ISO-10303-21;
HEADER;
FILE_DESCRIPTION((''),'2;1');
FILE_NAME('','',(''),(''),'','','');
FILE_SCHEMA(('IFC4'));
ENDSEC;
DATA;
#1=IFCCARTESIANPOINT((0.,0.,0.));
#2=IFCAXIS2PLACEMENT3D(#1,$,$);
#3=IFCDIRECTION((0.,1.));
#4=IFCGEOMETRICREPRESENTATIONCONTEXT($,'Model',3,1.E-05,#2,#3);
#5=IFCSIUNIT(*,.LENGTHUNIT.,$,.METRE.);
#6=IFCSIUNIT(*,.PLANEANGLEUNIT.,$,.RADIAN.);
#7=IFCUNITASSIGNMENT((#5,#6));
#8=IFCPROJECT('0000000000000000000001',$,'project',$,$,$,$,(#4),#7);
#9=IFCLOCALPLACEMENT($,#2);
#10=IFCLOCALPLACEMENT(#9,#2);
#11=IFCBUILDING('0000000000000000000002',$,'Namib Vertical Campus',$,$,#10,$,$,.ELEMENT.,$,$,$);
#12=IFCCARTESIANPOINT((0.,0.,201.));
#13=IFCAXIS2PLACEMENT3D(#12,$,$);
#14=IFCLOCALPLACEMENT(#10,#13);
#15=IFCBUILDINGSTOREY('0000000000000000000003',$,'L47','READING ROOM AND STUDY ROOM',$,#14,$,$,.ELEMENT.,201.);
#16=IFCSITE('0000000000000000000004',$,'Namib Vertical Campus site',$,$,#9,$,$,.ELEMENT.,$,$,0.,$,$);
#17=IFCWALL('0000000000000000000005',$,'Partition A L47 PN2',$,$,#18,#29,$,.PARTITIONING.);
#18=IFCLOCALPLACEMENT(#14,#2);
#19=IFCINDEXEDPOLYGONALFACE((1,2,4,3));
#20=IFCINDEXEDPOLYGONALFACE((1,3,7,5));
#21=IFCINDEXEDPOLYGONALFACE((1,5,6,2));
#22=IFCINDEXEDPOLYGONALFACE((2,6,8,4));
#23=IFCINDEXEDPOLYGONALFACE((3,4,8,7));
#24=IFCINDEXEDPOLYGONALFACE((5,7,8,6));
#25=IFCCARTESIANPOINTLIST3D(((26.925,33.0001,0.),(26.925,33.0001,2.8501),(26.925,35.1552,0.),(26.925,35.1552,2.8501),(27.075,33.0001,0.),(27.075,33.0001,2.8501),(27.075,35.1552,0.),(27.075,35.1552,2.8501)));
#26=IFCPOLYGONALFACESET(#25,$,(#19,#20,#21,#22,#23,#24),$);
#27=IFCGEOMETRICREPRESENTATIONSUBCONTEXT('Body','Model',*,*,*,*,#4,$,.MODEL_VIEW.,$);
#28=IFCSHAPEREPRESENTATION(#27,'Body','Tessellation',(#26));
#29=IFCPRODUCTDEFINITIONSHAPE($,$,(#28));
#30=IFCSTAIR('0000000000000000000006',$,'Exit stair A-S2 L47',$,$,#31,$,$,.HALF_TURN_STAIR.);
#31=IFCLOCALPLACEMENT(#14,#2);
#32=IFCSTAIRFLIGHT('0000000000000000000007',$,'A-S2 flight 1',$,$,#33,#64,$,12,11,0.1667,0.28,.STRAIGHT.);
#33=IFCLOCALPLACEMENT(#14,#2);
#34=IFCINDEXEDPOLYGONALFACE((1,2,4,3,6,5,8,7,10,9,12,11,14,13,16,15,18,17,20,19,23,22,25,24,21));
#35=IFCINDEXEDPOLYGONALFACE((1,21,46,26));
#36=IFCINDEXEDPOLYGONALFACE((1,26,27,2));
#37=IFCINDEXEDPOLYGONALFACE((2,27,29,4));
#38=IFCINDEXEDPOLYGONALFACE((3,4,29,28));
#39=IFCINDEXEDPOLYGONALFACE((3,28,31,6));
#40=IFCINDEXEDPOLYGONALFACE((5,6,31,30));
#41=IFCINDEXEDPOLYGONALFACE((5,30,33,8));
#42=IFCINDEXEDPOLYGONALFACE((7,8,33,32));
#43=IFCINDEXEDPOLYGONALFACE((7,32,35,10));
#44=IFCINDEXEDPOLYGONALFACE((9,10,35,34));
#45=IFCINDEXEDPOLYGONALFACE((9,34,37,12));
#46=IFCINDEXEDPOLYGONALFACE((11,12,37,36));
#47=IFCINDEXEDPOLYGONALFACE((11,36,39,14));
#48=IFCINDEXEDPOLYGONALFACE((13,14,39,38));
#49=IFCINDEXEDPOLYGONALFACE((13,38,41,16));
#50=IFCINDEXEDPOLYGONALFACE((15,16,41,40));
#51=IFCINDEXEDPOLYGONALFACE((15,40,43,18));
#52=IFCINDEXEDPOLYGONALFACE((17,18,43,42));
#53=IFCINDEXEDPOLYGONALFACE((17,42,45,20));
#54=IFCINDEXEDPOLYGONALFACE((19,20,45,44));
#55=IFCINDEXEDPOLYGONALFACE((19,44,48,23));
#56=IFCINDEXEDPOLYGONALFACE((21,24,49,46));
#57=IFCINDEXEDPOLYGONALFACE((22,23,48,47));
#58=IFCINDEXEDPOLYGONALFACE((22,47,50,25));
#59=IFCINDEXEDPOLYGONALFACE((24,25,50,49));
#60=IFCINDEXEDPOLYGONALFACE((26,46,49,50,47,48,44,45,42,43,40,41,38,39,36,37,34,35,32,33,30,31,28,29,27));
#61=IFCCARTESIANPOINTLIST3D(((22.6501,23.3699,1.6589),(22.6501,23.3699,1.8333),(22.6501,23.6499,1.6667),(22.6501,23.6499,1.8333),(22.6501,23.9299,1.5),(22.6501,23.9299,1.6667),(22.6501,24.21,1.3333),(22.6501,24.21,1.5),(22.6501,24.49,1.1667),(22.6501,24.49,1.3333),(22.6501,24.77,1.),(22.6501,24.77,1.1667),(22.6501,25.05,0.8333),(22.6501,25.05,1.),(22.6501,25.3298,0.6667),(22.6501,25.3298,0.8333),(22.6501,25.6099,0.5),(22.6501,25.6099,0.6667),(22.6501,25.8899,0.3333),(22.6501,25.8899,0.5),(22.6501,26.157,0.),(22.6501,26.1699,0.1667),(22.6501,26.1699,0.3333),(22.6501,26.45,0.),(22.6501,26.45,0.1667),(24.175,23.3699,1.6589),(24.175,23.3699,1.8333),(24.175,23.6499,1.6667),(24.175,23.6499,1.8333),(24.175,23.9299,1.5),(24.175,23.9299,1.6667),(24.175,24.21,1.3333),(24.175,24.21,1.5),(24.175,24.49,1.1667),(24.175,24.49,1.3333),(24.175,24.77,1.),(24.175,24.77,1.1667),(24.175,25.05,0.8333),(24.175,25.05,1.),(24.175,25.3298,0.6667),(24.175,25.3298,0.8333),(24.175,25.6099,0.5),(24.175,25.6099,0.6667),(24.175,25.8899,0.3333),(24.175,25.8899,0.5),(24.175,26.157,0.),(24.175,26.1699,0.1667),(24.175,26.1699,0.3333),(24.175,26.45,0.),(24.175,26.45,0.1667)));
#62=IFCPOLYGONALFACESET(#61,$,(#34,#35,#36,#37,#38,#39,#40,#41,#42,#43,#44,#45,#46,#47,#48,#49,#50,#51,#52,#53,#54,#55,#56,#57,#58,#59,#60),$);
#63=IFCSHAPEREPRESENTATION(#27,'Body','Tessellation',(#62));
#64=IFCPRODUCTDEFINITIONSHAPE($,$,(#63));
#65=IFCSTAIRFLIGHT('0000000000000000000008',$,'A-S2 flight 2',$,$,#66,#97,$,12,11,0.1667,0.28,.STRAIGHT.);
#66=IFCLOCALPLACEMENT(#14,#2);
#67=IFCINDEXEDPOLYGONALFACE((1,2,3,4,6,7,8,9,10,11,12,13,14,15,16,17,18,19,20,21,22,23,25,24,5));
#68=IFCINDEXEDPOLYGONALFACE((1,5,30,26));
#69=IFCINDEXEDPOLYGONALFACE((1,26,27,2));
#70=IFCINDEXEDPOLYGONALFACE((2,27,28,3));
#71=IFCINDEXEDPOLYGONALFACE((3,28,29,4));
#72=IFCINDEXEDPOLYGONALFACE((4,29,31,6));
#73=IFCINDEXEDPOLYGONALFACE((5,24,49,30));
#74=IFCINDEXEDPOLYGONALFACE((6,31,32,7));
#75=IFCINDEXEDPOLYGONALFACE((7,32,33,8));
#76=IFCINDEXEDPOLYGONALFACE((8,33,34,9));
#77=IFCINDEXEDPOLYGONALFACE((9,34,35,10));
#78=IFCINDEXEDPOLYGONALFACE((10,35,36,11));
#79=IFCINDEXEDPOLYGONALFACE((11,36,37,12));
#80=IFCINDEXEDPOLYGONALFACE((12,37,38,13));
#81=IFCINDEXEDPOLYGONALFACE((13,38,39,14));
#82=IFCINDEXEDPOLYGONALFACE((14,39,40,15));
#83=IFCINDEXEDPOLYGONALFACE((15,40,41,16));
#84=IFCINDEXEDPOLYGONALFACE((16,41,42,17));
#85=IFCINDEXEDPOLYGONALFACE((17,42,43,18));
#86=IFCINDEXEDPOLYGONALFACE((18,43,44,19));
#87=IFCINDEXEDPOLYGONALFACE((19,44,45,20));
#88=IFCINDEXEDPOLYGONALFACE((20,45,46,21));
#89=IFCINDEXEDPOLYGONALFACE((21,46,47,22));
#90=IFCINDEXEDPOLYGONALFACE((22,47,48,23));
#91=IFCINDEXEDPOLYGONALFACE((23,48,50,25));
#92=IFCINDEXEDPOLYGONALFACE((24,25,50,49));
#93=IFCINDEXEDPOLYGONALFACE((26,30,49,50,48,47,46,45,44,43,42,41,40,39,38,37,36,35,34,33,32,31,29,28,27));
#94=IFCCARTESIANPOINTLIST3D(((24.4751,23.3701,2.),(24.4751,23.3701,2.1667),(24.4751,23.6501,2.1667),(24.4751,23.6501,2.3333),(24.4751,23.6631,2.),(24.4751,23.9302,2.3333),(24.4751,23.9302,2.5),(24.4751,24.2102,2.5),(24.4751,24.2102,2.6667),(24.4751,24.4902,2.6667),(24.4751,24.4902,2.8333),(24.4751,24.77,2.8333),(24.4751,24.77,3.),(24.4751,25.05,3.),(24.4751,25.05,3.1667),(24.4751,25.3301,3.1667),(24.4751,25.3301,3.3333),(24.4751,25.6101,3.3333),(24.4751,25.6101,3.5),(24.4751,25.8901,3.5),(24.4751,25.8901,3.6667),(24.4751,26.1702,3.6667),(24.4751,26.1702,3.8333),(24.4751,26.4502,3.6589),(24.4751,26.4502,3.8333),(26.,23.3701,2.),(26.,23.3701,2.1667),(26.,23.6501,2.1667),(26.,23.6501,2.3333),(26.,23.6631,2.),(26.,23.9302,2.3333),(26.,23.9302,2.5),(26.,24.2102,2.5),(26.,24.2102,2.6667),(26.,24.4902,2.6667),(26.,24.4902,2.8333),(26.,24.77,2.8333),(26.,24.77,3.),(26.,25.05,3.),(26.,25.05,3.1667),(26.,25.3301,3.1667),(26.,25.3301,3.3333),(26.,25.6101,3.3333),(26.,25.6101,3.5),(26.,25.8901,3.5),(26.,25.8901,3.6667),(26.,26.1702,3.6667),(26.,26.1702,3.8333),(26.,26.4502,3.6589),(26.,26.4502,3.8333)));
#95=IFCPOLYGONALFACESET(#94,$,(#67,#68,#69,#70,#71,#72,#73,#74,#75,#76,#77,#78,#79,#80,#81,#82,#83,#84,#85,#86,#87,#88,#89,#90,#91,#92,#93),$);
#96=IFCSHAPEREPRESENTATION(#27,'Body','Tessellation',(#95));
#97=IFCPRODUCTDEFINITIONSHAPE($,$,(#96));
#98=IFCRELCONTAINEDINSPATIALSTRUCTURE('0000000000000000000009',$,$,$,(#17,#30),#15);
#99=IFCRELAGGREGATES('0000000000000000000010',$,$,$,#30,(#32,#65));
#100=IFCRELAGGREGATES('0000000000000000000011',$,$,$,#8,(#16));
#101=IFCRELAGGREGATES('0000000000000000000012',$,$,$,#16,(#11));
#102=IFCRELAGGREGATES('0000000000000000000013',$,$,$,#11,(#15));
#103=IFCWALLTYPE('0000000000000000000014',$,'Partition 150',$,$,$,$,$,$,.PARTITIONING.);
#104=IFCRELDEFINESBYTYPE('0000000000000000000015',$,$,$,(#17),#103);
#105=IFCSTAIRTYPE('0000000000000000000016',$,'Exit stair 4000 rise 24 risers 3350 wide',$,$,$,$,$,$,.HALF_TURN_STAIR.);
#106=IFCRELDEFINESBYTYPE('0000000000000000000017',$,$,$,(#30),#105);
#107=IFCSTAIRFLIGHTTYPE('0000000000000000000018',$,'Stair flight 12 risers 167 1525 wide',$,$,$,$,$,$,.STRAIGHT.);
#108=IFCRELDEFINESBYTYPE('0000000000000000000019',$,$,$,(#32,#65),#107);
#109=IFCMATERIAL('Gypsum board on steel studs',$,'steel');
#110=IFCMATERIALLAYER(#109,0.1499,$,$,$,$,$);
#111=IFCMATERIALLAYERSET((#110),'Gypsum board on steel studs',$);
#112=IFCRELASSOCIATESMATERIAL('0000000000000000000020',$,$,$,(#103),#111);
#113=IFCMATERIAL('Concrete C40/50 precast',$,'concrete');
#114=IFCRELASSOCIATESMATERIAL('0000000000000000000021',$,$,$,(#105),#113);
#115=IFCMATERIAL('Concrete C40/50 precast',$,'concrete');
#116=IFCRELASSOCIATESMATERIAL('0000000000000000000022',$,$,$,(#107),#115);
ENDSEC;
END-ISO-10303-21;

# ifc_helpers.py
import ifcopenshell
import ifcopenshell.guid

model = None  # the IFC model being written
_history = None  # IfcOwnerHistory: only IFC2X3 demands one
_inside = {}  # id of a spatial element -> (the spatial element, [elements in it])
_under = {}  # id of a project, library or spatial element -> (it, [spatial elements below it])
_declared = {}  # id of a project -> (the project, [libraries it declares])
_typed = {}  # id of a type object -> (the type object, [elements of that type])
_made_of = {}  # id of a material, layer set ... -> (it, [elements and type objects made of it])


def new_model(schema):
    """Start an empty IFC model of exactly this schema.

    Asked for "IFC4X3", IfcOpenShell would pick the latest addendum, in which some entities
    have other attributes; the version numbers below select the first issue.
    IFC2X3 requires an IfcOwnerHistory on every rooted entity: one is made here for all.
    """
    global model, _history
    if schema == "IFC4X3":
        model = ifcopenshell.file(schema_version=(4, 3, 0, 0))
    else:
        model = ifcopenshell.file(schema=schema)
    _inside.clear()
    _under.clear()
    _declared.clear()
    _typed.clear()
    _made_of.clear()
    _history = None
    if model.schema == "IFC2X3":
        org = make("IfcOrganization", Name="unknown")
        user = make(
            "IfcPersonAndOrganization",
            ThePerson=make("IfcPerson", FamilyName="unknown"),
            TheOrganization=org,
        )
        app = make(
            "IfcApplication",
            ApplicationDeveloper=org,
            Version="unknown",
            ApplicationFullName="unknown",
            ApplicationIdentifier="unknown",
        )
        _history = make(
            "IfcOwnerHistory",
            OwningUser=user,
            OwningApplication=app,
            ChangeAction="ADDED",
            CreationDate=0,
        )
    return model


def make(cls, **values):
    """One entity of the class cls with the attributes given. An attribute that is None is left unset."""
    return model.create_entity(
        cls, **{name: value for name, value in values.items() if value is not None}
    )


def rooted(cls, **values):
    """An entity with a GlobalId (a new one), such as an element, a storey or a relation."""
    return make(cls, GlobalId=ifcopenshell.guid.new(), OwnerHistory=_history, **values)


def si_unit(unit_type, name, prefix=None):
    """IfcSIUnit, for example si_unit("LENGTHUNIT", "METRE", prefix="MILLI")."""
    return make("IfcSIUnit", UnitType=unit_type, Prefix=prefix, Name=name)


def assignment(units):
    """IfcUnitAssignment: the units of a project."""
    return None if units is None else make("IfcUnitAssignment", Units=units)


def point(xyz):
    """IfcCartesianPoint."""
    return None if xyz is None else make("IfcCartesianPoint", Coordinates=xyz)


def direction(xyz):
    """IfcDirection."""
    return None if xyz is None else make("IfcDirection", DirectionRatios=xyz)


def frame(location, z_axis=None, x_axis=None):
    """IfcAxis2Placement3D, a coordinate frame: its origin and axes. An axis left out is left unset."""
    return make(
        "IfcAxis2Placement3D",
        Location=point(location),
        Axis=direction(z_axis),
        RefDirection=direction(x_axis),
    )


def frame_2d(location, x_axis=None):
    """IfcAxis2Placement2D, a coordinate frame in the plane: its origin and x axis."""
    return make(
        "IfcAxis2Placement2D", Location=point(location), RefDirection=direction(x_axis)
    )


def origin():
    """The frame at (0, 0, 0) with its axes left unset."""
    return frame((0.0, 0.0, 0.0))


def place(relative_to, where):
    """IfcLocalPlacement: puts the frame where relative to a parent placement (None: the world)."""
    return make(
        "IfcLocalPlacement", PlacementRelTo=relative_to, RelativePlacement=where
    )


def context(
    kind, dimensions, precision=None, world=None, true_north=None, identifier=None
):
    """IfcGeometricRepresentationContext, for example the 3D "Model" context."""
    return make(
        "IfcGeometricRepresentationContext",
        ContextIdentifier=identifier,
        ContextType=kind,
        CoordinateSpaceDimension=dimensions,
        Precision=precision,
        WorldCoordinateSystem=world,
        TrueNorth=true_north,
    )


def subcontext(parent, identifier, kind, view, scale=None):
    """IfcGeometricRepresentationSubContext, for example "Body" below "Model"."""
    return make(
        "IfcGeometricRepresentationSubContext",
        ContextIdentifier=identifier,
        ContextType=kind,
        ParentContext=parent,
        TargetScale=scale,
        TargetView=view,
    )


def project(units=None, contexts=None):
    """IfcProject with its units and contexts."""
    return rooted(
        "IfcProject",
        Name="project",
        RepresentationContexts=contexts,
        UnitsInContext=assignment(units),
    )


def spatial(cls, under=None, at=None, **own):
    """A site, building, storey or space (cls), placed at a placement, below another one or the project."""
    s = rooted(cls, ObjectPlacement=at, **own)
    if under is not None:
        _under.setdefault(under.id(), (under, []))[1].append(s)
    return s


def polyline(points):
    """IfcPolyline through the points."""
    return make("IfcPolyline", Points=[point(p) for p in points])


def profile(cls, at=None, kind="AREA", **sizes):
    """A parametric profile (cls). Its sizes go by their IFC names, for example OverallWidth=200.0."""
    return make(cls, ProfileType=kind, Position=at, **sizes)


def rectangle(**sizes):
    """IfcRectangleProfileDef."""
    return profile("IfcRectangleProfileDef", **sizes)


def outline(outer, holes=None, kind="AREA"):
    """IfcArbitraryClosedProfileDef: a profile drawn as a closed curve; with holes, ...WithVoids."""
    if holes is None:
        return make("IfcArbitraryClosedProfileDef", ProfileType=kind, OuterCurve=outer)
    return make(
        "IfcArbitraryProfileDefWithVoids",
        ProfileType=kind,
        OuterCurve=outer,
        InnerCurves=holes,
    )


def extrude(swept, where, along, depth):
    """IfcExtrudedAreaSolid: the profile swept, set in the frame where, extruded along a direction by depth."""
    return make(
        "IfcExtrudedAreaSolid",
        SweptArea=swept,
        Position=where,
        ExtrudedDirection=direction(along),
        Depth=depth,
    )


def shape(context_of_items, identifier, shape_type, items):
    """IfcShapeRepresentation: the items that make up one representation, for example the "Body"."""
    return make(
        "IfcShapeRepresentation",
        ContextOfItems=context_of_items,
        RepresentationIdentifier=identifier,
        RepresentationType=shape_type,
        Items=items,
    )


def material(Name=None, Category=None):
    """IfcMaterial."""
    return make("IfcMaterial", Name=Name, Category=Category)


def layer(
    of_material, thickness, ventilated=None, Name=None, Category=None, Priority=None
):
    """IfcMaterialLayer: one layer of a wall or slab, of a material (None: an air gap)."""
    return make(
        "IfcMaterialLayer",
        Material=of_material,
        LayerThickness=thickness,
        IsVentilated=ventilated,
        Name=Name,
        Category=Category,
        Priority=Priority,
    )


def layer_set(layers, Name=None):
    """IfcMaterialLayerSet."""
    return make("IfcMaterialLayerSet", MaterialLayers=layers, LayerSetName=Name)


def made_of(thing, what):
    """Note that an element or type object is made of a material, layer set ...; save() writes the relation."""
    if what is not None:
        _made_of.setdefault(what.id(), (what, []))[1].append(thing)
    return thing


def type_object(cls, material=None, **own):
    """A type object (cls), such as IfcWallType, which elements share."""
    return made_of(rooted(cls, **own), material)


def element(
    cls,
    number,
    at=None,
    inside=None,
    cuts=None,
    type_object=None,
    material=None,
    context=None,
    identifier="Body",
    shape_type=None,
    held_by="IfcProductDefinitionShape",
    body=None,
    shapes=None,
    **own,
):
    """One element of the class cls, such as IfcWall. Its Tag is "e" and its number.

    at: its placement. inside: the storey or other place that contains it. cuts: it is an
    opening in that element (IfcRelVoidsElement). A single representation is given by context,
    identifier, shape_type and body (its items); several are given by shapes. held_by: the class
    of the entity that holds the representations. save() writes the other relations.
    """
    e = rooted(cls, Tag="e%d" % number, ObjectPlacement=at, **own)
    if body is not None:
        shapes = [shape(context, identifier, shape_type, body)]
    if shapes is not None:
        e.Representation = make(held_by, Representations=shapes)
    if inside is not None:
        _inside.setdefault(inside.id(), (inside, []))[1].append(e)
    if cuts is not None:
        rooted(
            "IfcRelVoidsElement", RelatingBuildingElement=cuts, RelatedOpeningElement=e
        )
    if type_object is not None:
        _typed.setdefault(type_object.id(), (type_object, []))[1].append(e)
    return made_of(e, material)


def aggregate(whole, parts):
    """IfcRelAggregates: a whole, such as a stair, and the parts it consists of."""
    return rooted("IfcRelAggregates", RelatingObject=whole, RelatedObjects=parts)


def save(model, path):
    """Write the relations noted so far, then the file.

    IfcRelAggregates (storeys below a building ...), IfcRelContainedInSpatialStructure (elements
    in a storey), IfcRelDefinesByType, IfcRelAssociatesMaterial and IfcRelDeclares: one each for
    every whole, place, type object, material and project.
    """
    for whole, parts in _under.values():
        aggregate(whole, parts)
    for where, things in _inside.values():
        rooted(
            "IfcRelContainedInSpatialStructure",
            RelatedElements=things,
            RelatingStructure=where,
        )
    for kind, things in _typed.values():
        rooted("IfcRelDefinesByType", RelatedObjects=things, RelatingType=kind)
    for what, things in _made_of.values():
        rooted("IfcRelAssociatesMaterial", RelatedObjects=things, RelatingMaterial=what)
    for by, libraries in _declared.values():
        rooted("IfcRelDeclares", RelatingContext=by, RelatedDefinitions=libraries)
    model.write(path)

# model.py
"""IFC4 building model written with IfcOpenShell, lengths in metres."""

from ifc_helpers import new_model, si_unit, direction, frame, frame_2d, origin, place, context, subcontext, project, spatial, polyline, rectangle, outline, extrude, material, layer, layer_set, type_object, element, aggregate, save


model = new_model("IFC4")

# Units and contexts
model_context = context("Model", 3, precision=1e-05, world=origin(), true_north=direction((0.0, 1.0)))
body_context = subcontext(model_context, "Body", "Model", "MODEL_VIEW")
ifc_project = project(units=[si_unit("LENGTHUNIT", "METRE"), si_unit("PLANEANGLEUNIT", "RADIAN")], contexts=[model_context])

# Site, building, storey
site_placement = place(None, origin())
site = spatial("IfcSite", under=ifc_project, at=site_placement, Name="Namib Vertical Campus site", CompositionType="ELEMENT", RefElevation=0.0)
building_placement = place(site_placement, origin())
building = spatial("IfcBuilding", under=site, at=building_placement, Name="Namib Vertical Campus", CompositionType="ELEMENT")
storey_placement = place(building_placement, frame((0.0, 0.0, 201.0)))
storey = spatial("IfcBuildingStorey", under=building, at=storey_placement, Name="L47", Description="READING ROOM AND STUDY ROOM", CompositionType="ELEMENT", Elevation=201.0)

# Shared definitions
ifc_material_1 = material(Name="Gypsum board on steel studs", Category="steel")
ifc_layer_1 = layer(ifc_material_1, 0.1499)
ifc_layer_set_1 = layer_set([ifc_layer_1], Name="Gypsum board on steel studs")
wall_type_1 = type_object("IfcWallType", Name="Partition 150", PredefinedType="PARTITIONING", material=ifc_layer_set_1)

# Wall
wall_1_placement = place(storey_placement, frame((27.0, 33.0, 0.0), z_axis=(0.0, 0.0, 1.0), x_axis=(0.0, 1.0, 0.0)))
element("IfcWall", 1, at=wall_1_placement, inside=storey, type_object=wall_type_1, Name="Partition A L47 PN2", PredefinedType="PARTITIONING", context=body_context, shape_type="SweptSolid", body=[
    extrude(rectangle(XDim=2.155, YDim=0.1499, at=frame_2d((1.0776, 0.0))), origin(), (0.0, 0.0, 1.0), 2.8501),
])

# Stair, stair flights
ifc_material_2 = material(Name="Concrete C40/50 precast", Category="concrete")
stair_type = type_object("IfcStairType", Name="Exit stair 4000 rise 24 risers 3350 wide", PredefinedType="HALF_TURN_STAIR", material=ifc_material_2)
stair_placement = place(storey_placement, origin())
stair = element("IfcStair", 2, at=stair_placement, inside=storey, type_object=stair_type, Name="Exit stair A-S2 L47", PredefinedType="HALF_TURN_STAIR")
ifc_material_3 = material(Name="Concrete C40/50 precast", Category="concrete")
stair_flight_type = type_object("IfcStairFlightType", Name="Stair flight 12 risers 167 1525 wide", PredefinedType="STRAIGHT", material=ifc_material_3)
stair_flight_1_placement = place(storey_placement, frame((23.4126, 26.45, 0.0), z_axis=(0.0, 0.0, 1.0), x_axis=(0.0, -1.0, 0.0)))
stair_flight_1 = element("IfcStairFlight", 3, at=stair_flight_1_placement, type_object=stair_flight_type, Name="A-S2 flight 1", NumberOfRisers=12, NumberOfTreads=11, PredefinedType="STRAIGHT", RiserHeight=0.1667, TreadLength=0.28, context=body_context, shape_type="SweptSolid", body=[
    extrude(outline(polyline([(0.0, 0.0), (0.0, 0.1667), (0.28, 0.1667), (0.28, 0.3333), (0.5601, 0.3333), (0.5601, 0.5), (0.8401, 0.5), (0.8401, 0.6667), (1.1201, 0.6667), (1.1201, 0.8333), (1.3999, 0.8333), (1.3999, 1.0), (1.6799, 1.0), (1.6799, 1.1667), (1.96, 1.1667), (1.96, 1.3333), (2.24, 1.3333), (2.24, 1.5), (2.52, 1.5), (2.52, 1.6667), (2.8, 1.6667), (2.8, 1.8333), (3.0801, 1.8333), (3.0801, 2.0), (3.0801, 1.6589), (0.293, 0.0), (0.0, 0.0)])), frame((0.0, 0.7625, 0.0), z_axis=(0.0, -1.0, 0.0), x_axis=(1.0, 0.0, 0.0)), (0.0, 0.0, 1.0), 1.5249),
])
stair_flight_2_placement = place(storey_placement, frame((25.2375, 23.3701, 2.0), z_axis=(0.0, 0.0, 1.0), x_axis=(0.0, 1.0, 0.0)))
stair_flight_2 = element("IfcStairFlight", 4, at=stair_flight_2_placement, type_object=stair_flight_type, Name="A-S2 flight 2", NumberOfRisers=12, NumberOfTreads=11, PredefinedType="STRAIGHT", RiserHeight=0.1667, TreadLength=0.28, context=body_context, shape_type="SweptSolid", body=[
    extrude(outline(polyline([(0.0, 0.0), (0.0, 0.1667), (0.28, 0.1667), (0.28, 0.3333), (0.5601, 0.3333), (0.5601, 0.5), (0.8401, 0.5), (0.8401, 0.6667), (1.1201, 0.6667), (1.1201, 0.8333), (1.3999, 0.8333), (1.3999, 1.0), (1.6799, 1.0), (1.6799, 1.1667), (1.96, 1.1667), (1.96, 1.3333), (2.24, 1.3333), (2.24, 1.5), (2.52, 1.5), (2.52, 1.6667), (2.8, 1.6667), (2.8, 1.8333), (3.0801, 1.8333), (3.0801, 2.0), (3.0801, 1.6589), (0.293, 0.0), (0.0, 0.0)])), frame((0.0, 0.7625, 0.0), z_axis=(0.0, -1.0, 0.0), x_axis=(1.0, 0.0, 0.0)), (0.0, 0.0, 1.0), 1.5249),
])
aggregate(stair, [stair_flight_1, stair_flight_2])

save(model, "model.ifc")
